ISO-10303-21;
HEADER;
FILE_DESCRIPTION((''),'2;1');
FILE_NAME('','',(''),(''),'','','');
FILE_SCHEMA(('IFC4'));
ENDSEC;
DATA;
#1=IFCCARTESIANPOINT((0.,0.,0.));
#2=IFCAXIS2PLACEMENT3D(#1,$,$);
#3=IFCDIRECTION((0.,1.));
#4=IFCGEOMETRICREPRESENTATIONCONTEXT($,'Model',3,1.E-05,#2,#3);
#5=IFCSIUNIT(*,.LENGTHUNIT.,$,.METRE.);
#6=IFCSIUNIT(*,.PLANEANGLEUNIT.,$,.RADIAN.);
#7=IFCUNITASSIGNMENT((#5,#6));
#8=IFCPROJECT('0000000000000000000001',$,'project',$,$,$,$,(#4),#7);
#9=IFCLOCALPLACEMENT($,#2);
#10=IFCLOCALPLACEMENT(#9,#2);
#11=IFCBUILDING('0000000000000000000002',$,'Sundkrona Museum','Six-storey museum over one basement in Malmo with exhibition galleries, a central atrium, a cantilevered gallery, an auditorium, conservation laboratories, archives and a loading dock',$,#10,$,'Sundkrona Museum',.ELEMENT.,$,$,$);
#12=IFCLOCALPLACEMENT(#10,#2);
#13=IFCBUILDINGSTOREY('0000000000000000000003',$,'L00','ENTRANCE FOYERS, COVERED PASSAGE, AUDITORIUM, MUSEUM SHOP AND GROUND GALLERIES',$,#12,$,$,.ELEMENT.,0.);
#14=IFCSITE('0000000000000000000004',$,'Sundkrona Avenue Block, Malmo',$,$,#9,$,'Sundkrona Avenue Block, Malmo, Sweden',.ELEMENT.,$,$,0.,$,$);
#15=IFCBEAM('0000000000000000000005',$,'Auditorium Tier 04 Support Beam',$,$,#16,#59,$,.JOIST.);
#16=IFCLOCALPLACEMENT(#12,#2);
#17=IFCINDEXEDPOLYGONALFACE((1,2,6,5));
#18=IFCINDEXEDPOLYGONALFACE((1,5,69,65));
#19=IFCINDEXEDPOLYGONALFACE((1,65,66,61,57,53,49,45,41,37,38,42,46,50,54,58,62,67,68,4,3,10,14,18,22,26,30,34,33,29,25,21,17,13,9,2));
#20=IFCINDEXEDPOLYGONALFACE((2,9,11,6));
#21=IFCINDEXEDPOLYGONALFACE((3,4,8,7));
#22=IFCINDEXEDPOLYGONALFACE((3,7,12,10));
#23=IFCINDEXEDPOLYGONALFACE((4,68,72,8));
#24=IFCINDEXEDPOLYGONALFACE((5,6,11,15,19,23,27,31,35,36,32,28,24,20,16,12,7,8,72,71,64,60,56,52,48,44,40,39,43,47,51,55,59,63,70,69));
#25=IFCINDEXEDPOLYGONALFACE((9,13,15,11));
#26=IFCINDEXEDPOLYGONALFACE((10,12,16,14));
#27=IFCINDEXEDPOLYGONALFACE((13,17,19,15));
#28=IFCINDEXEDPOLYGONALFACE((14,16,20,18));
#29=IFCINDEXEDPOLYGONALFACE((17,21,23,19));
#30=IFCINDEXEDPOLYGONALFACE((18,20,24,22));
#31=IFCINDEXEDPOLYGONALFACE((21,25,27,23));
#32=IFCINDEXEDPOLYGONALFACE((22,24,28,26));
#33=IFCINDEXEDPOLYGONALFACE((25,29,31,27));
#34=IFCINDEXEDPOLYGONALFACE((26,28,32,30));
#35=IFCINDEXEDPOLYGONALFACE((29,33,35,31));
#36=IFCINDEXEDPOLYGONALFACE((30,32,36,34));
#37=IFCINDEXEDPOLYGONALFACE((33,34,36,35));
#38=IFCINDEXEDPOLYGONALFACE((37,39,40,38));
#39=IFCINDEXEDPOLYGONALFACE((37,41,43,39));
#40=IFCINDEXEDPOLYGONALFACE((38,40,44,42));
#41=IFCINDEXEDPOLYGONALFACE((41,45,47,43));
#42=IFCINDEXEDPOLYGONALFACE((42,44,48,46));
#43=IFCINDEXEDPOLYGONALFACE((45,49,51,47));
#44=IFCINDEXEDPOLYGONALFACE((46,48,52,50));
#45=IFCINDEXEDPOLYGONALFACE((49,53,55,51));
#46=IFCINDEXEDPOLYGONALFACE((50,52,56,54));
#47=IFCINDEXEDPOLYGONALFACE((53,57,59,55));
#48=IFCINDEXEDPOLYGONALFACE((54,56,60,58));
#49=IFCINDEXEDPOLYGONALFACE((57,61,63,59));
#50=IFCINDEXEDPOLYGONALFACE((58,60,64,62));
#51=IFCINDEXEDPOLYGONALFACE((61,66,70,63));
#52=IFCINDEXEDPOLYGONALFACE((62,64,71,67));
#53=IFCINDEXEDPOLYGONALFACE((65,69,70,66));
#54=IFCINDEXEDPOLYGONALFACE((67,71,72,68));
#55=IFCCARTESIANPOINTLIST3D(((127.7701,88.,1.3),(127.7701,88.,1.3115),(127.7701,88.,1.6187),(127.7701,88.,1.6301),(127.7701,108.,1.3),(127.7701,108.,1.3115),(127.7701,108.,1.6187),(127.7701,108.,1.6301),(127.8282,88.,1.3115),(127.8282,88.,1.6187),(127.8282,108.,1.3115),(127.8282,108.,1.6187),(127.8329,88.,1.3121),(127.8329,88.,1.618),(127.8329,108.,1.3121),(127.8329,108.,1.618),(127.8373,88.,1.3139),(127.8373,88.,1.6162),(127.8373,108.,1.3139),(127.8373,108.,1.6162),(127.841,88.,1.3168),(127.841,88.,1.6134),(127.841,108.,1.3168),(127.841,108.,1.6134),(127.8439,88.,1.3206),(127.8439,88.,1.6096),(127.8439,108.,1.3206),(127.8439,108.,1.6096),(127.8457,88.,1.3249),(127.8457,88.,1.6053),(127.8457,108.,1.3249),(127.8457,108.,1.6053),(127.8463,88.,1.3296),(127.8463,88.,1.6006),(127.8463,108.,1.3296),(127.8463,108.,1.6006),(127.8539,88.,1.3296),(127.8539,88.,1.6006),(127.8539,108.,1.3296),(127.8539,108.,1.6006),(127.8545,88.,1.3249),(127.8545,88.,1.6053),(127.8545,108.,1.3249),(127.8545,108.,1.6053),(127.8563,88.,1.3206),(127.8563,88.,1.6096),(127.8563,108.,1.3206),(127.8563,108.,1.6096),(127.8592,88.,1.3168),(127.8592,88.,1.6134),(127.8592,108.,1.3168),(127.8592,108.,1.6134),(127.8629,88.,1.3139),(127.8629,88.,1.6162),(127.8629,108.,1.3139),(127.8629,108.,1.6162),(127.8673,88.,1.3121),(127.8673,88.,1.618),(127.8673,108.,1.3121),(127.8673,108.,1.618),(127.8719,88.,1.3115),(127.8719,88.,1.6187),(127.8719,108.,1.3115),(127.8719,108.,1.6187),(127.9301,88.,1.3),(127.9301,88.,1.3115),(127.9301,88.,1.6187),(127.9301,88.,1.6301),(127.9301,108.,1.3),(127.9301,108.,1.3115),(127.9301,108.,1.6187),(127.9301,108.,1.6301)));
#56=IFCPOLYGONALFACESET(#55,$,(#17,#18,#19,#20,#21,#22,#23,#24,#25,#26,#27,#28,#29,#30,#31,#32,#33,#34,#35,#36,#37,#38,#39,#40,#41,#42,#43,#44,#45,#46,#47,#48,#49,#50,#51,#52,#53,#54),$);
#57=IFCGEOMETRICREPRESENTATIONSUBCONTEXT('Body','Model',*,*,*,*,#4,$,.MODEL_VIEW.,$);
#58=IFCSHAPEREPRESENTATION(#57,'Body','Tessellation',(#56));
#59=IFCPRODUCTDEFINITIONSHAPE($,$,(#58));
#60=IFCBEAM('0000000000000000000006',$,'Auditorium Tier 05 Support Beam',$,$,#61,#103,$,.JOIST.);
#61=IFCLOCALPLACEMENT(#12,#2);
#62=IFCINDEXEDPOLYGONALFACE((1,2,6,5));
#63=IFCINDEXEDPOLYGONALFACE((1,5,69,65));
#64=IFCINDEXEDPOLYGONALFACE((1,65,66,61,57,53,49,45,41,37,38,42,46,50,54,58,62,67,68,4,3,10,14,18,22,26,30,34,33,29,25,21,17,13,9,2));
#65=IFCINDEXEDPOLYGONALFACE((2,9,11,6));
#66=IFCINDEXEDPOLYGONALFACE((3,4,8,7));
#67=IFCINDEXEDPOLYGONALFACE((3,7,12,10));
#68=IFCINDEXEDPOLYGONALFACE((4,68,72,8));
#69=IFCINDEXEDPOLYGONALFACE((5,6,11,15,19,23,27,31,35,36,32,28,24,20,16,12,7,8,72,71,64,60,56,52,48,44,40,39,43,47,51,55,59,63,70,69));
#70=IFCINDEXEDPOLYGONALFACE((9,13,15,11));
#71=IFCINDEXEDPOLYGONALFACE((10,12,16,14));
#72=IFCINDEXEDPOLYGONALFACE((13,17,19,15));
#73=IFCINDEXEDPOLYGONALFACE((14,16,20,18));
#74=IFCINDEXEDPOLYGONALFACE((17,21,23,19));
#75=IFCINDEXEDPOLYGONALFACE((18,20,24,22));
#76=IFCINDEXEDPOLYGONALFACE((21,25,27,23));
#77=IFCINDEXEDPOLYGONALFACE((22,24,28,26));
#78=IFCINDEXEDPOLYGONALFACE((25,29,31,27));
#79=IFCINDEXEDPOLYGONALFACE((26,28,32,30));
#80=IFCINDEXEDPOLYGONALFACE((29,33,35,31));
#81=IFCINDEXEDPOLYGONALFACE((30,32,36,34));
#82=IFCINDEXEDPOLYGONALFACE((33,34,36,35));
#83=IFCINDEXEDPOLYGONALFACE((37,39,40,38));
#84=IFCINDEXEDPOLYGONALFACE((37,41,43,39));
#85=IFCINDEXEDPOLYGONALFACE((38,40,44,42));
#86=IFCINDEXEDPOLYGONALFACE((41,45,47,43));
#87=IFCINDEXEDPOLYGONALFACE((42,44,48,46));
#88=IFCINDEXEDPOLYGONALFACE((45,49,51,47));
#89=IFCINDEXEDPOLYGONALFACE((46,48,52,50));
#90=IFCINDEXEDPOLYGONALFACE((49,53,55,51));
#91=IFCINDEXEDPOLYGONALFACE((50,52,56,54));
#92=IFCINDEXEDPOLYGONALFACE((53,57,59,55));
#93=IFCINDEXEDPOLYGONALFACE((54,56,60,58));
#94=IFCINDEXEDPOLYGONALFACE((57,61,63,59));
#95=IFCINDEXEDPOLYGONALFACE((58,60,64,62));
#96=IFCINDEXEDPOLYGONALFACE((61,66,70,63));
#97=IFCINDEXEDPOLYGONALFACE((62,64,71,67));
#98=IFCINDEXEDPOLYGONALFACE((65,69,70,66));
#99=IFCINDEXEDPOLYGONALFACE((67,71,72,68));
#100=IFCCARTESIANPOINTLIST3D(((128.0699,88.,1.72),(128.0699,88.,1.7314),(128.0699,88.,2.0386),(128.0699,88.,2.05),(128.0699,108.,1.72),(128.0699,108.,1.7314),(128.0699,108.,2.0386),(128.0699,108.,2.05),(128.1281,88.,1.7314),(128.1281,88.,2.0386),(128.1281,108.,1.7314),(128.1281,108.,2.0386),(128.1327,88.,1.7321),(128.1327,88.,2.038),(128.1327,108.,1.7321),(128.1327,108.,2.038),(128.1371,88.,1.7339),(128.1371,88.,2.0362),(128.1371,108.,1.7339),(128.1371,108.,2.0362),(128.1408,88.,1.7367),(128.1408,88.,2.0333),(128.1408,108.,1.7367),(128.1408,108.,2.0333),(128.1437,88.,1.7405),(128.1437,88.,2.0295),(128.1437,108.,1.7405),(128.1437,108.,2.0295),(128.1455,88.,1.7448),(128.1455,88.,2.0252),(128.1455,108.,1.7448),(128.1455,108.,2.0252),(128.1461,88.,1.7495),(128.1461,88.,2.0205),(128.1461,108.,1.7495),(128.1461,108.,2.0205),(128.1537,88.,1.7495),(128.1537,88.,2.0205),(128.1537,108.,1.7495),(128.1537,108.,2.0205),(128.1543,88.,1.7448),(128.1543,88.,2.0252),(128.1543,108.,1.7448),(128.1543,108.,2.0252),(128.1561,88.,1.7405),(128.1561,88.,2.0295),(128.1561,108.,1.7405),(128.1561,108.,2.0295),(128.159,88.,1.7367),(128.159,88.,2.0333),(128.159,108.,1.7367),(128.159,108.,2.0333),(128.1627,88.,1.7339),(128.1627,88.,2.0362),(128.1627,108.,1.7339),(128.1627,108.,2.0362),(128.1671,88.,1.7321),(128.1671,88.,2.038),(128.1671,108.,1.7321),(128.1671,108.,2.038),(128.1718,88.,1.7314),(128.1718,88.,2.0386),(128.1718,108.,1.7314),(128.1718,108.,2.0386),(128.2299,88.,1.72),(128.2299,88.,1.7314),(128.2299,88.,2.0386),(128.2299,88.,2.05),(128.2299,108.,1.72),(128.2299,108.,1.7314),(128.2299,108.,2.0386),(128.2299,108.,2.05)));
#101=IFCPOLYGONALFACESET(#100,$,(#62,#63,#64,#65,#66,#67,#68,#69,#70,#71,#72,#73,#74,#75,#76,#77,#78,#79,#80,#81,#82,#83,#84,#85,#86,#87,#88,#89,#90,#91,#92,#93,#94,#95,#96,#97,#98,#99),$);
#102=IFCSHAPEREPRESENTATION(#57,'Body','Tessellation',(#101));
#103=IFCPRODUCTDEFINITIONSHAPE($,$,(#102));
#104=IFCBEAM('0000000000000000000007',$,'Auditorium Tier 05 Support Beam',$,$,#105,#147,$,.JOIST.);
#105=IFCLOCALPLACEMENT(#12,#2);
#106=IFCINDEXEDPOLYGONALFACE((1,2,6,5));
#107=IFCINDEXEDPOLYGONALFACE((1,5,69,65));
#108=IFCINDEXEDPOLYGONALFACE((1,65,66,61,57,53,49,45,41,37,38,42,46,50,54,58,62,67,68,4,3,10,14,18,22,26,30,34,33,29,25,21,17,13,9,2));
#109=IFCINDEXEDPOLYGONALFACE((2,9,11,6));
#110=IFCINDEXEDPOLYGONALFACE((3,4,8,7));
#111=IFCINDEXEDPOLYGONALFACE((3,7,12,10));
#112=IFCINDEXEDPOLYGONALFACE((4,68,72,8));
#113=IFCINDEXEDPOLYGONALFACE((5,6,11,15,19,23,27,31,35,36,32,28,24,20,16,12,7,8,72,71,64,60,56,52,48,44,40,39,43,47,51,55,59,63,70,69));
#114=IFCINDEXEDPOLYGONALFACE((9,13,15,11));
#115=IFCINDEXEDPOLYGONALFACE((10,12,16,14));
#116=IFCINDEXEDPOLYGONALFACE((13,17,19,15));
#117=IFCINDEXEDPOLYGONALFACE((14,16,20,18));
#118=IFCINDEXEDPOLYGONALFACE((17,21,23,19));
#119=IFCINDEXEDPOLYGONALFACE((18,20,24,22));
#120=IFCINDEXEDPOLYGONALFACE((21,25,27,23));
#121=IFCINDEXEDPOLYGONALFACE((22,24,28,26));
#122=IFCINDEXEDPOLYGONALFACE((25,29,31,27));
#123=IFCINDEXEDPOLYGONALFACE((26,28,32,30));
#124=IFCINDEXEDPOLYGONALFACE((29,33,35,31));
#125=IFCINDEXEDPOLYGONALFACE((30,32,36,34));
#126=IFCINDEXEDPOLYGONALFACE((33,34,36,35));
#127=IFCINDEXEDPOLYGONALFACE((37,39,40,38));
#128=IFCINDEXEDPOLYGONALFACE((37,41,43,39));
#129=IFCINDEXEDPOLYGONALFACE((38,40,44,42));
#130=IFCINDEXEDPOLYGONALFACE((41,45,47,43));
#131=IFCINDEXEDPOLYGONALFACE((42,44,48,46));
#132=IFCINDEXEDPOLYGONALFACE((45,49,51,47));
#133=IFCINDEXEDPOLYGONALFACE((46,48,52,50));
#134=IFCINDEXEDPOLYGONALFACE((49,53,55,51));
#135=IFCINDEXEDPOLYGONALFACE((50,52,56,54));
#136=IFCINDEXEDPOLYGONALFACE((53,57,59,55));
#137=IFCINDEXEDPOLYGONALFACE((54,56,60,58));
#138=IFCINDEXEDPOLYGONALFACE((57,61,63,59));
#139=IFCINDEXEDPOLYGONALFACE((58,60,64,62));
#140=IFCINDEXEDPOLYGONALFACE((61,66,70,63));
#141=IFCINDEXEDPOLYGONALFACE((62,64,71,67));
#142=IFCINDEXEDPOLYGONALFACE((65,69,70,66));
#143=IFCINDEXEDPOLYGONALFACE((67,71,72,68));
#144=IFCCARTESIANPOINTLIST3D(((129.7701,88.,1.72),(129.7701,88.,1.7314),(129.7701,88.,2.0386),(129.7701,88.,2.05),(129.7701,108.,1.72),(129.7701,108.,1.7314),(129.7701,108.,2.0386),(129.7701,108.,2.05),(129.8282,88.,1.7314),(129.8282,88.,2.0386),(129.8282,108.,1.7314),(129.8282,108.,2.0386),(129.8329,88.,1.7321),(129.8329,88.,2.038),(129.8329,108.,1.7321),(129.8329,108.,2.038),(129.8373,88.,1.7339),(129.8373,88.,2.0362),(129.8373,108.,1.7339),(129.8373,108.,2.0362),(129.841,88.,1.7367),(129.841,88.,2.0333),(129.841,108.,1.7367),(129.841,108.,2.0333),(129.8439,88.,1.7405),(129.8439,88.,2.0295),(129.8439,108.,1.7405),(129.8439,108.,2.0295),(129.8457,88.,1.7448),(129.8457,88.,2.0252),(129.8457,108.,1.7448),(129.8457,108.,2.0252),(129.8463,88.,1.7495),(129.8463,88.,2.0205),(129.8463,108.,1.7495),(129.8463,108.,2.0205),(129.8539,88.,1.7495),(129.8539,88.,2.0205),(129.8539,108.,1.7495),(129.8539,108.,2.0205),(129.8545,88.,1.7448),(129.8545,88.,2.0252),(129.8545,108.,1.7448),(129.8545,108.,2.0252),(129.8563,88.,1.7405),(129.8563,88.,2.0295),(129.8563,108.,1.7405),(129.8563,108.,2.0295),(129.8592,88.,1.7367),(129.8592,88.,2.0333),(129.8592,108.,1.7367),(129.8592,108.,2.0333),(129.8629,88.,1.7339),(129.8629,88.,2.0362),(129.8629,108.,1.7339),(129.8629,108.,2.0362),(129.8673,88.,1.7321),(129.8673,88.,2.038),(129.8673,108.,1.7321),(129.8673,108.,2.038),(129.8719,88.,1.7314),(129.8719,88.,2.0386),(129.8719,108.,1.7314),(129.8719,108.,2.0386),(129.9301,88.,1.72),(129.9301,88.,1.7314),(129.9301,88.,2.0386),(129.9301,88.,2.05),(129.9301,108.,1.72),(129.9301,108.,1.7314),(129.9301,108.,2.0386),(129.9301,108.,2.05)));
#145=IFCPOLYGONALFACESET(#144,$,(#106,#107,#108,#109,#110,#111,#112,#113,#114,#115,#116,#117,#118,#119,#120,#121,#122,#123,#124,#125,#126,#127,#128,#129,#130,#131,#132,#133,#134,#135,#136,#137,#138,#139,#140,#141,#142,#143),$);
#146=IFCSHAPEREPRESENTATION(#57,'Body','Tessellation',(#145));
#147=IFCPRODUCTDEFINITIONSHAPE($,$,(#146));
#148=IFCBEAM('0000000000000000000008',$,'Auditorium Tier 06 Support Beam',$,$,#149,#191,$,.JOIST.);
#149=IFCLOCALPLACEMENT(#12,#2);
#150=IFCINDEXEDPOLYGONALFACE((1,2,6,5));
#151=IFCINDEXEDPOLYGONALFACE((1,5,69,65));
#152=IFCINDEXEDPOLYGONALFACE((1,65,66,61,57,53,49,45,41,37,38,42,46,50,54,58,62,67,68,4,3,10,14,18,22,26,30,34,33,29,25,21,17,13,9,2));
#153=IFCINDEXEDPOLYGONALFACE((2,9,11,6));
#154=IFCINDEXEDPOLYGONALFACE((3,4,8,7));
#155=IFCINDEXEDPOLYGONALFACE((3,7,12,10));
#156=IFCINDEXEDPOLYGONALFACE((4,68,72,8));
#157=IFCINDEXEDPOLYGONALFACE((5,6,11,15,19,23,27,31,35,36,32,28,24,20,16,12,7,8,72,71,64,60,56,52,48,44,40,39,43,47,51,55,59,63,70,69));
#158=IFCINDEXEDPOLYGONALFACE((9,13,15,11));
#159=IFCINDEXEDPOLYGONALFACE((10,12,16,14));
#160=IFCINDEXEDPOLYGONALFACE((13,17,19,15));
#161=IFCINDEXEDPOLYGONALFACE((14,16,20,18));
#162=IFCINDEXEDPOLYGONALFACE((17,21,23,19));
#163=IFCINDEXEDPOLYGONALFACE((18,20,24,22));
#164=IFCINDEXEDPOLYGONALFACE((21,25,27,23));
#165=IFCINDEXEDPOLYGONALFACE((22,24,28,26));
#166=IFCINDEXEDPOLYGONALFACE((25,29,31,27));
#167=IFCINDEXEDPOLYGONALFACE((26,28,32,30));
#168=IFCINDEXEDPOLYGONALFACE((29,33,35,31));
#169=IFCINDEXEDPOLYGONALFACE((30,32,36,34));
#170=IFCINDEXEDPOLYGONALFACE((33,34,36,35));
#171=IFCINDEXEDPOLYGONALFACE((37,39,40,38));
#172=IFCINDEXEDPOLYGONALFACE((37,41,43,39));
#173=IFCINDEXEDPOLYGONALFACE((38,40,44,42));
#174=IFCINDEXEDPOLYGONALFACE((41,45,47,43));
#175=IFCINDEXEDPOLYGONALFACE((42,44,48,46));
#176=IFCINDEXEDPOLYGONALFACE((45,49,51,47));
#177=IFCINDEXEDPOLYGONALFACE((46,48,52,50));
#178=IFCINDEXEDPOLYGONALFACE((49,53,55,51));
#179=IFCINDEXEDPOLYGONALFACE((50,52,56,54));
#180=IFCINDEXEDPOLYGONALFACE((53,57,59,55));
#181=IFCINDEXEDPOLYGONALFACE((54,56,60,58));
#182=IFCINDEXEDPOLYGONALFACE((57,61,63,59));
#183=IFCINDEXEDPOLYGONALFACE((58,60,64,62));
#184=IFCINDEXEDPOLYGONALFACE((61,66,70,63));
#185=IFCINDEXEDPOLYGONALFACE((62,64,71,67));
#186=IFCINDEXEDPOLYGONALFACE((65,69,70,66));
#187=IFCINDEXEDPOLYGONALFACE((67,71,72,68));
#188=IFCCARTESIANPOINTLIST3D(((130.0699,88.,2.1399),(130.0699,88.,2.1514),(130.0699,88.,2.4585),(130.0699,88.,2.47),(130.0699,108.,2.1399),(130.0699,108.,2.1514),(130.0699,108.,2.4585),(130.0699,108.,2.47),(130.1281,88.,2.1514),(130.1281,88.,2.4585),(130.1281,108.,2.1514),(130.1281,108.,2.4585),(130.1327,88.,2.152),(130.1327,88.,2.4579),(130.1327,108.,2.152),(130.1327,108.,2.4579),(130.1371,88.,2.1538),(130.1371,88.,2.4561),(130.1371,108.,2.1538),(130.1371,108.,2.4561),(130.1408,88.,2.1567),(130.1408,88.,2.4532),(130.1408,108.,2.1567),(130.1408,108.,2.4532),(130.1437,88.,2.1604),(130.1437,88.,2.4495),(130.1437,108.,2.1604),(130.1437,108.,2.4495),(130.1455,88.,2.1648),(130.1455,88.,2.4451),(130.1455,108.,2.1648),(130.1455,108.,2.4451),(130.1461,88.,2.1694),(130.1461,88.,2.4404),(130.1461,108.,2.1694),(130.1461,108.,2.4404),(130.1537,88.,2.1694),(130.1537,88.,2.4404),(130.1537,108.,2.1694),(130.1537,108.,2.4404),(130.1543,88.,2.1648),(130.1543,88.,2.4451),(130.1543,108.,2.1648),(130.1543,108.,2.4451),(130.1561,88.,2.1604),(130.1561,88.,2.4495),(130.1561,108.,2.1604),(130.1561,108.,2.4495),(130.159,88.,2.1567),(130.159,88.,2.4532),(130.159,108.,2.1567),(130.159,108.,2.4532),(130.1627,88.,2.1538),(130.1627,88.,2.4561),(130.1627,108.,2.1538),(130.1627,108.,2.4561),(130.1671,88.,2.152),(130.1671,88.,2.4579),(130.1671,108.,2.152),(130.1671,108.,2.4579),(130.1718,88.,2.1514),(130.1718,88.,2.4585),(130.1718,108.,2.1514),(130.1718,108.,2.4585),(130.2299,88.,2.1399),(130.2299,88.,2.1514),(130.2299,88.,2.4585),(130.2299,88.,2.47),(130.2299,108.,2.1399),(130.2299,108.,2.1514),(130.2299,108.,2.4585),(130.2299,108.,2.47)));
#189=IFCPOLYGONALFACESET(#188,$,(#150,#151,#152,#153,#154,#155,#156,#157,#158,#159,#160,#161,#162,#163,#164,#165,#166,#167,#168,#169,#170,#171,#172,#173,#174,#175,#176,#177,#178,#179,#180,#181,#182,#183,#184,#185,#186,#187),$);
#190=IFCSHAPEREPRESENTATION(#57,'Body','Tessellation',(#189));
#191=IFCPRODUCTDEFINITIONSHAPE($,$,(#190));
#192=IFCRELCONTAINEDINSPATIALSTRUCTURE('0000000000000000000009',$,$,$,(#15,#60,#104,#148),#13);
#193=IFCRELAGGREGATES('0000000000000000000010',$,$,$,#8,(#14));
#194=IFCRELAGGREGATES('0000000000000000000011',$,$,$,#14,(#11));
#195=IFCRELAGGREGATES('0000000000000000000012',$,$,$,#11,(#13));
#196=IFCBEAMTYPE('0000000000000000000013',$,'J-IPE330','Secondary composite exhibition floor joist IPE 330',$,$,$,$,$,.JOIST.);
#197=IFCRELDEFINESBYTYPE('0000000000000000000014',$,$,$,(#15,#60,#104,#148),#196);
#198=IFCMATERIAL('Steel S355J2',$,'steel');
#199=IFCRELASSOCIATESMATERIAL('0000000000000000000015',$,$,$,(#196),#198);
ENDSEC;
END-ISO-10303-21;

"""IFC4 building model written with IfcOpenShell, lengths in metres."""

from ifc_helpers import new_model, si_unit, direction, frame, origin, origin_2d, place, context, subcontext, project, spatial, i_section, extrude, material, material_profile, profile_set, type_object, element, save


model = new_model("IFC4")

# Units and contexts
model_context = context("Model", 3, precision=1e-05, world=origin(), true_north=direction((0.0, 1.0)))
body_context = subcontext(model_context, "Body", "Model", "MODEL_VIEW")
ifc_project = project(units=[si_unit("LENGTHUNIT", "METRE"), si_unit("PLANEANGLEUNIT", "RADIAN")], contexts=[model_context])

# Site, building, storey
site_placement = place(None, origin())
site = spatial("IfcSite", under=ifc_project, at=site_placement, Name="Sundkrona Avenue Block, Malmo", LongName="Sundkrona Avenue Block, Malmo, Sweden", CompositionType="ELEMENT", RefElevation=0.0)
building_placement = place(site_placement, origin())
building = spatial("IfcBuilding", under=site, at=building_placement, Name="Sundkrona Museum", Description="Six-storey museum over one basement in Malmo with exhibition galleries, a central atrium, a cantilevered gallery, an auditorium, conservation laboratories, archives and a loading dock", LongName="Sundkrona Museum", CompositionType="ELEMENT")
storey_placement = place(building_placement, origin())
storey = spatial("IfcBuildingStorey", under=building, at=storey_placement, Name="L00", Description="ENTRANCE FOYERS, COVERED PASSAGE, AUDITORIUM, MUSEUM SHOP AND GROUND GALLERIES", CompositionType="ELEMENT", Elevation=0.0)

# Shared definitions
ifc_material_1 = material(Name="Steel S355J2", Category="steel")

# Beams
ifc_material_profile_1 = material_profile(ifc_material_1, i_section(OverallWidth=0.1599, OverallDepth=0.3301, WebThickness=0.0076, FlangeThickness=0.0115, FilletRadius=0.0181, at=origin_2d()), Name="IPE 330")
ifc_profile_set_1 = profile_set([ifc_material_profile_1], Name="Steel S355J2")
beam_type_1 = type_object("IfcBeamType", Name="J-IPE330", Description="Secondary composite exhibition floor joist IPE 330", PredefinedType="JOIST", material=ifc_profile_set_1)
for number, where, z_axis, x_axis, name in (
    (1, (127.8501, 88.0, 1.4651), (0.0, 1.0, 0.0), (-1.0, 0.0, 0.0), "Auditorium Tier 04 Support Beam"),
    (2, (128.1499, 88.0, 1.885), (0.0, 1.0, 0.0), (-1.0, 0.0, 0.0), "Auditorium Tier 05 Support Beam"),
    (3, (129.8501, 88.0, 1.885), (0.0, 1.0, 0.0), (-1.0, 0.0, 0.0), "Auditorium Tier 05 Support Beam"),
    (4, (130.1499, 88.0, 2.3049), (0.0, 1.0, 0.0), (-1.0, 0.0, 0.0), "Auditorium Tier 06 Support Beam"),
):
    element("IfcBeam", number, at=place(storey_placement, frame(where, z_axis=z_axis, x_axis=x_axis)), inside=storey, type_object=beam_type_1, Name=name, PredefinedType="JOIST", context=body_context, shape_type="SweptSolid", body=[
        extrude(i_section(OverallWidth=0.1599, OverallDepth=0.3301, WebThickness=0.0076, FlangeThickness=0.0115, FilletRadius=0.0181, at=origin_2d()), origin(), (0.0, 0.0, 1.0), 20.0),
    ])

save(model, "model.ifc")
